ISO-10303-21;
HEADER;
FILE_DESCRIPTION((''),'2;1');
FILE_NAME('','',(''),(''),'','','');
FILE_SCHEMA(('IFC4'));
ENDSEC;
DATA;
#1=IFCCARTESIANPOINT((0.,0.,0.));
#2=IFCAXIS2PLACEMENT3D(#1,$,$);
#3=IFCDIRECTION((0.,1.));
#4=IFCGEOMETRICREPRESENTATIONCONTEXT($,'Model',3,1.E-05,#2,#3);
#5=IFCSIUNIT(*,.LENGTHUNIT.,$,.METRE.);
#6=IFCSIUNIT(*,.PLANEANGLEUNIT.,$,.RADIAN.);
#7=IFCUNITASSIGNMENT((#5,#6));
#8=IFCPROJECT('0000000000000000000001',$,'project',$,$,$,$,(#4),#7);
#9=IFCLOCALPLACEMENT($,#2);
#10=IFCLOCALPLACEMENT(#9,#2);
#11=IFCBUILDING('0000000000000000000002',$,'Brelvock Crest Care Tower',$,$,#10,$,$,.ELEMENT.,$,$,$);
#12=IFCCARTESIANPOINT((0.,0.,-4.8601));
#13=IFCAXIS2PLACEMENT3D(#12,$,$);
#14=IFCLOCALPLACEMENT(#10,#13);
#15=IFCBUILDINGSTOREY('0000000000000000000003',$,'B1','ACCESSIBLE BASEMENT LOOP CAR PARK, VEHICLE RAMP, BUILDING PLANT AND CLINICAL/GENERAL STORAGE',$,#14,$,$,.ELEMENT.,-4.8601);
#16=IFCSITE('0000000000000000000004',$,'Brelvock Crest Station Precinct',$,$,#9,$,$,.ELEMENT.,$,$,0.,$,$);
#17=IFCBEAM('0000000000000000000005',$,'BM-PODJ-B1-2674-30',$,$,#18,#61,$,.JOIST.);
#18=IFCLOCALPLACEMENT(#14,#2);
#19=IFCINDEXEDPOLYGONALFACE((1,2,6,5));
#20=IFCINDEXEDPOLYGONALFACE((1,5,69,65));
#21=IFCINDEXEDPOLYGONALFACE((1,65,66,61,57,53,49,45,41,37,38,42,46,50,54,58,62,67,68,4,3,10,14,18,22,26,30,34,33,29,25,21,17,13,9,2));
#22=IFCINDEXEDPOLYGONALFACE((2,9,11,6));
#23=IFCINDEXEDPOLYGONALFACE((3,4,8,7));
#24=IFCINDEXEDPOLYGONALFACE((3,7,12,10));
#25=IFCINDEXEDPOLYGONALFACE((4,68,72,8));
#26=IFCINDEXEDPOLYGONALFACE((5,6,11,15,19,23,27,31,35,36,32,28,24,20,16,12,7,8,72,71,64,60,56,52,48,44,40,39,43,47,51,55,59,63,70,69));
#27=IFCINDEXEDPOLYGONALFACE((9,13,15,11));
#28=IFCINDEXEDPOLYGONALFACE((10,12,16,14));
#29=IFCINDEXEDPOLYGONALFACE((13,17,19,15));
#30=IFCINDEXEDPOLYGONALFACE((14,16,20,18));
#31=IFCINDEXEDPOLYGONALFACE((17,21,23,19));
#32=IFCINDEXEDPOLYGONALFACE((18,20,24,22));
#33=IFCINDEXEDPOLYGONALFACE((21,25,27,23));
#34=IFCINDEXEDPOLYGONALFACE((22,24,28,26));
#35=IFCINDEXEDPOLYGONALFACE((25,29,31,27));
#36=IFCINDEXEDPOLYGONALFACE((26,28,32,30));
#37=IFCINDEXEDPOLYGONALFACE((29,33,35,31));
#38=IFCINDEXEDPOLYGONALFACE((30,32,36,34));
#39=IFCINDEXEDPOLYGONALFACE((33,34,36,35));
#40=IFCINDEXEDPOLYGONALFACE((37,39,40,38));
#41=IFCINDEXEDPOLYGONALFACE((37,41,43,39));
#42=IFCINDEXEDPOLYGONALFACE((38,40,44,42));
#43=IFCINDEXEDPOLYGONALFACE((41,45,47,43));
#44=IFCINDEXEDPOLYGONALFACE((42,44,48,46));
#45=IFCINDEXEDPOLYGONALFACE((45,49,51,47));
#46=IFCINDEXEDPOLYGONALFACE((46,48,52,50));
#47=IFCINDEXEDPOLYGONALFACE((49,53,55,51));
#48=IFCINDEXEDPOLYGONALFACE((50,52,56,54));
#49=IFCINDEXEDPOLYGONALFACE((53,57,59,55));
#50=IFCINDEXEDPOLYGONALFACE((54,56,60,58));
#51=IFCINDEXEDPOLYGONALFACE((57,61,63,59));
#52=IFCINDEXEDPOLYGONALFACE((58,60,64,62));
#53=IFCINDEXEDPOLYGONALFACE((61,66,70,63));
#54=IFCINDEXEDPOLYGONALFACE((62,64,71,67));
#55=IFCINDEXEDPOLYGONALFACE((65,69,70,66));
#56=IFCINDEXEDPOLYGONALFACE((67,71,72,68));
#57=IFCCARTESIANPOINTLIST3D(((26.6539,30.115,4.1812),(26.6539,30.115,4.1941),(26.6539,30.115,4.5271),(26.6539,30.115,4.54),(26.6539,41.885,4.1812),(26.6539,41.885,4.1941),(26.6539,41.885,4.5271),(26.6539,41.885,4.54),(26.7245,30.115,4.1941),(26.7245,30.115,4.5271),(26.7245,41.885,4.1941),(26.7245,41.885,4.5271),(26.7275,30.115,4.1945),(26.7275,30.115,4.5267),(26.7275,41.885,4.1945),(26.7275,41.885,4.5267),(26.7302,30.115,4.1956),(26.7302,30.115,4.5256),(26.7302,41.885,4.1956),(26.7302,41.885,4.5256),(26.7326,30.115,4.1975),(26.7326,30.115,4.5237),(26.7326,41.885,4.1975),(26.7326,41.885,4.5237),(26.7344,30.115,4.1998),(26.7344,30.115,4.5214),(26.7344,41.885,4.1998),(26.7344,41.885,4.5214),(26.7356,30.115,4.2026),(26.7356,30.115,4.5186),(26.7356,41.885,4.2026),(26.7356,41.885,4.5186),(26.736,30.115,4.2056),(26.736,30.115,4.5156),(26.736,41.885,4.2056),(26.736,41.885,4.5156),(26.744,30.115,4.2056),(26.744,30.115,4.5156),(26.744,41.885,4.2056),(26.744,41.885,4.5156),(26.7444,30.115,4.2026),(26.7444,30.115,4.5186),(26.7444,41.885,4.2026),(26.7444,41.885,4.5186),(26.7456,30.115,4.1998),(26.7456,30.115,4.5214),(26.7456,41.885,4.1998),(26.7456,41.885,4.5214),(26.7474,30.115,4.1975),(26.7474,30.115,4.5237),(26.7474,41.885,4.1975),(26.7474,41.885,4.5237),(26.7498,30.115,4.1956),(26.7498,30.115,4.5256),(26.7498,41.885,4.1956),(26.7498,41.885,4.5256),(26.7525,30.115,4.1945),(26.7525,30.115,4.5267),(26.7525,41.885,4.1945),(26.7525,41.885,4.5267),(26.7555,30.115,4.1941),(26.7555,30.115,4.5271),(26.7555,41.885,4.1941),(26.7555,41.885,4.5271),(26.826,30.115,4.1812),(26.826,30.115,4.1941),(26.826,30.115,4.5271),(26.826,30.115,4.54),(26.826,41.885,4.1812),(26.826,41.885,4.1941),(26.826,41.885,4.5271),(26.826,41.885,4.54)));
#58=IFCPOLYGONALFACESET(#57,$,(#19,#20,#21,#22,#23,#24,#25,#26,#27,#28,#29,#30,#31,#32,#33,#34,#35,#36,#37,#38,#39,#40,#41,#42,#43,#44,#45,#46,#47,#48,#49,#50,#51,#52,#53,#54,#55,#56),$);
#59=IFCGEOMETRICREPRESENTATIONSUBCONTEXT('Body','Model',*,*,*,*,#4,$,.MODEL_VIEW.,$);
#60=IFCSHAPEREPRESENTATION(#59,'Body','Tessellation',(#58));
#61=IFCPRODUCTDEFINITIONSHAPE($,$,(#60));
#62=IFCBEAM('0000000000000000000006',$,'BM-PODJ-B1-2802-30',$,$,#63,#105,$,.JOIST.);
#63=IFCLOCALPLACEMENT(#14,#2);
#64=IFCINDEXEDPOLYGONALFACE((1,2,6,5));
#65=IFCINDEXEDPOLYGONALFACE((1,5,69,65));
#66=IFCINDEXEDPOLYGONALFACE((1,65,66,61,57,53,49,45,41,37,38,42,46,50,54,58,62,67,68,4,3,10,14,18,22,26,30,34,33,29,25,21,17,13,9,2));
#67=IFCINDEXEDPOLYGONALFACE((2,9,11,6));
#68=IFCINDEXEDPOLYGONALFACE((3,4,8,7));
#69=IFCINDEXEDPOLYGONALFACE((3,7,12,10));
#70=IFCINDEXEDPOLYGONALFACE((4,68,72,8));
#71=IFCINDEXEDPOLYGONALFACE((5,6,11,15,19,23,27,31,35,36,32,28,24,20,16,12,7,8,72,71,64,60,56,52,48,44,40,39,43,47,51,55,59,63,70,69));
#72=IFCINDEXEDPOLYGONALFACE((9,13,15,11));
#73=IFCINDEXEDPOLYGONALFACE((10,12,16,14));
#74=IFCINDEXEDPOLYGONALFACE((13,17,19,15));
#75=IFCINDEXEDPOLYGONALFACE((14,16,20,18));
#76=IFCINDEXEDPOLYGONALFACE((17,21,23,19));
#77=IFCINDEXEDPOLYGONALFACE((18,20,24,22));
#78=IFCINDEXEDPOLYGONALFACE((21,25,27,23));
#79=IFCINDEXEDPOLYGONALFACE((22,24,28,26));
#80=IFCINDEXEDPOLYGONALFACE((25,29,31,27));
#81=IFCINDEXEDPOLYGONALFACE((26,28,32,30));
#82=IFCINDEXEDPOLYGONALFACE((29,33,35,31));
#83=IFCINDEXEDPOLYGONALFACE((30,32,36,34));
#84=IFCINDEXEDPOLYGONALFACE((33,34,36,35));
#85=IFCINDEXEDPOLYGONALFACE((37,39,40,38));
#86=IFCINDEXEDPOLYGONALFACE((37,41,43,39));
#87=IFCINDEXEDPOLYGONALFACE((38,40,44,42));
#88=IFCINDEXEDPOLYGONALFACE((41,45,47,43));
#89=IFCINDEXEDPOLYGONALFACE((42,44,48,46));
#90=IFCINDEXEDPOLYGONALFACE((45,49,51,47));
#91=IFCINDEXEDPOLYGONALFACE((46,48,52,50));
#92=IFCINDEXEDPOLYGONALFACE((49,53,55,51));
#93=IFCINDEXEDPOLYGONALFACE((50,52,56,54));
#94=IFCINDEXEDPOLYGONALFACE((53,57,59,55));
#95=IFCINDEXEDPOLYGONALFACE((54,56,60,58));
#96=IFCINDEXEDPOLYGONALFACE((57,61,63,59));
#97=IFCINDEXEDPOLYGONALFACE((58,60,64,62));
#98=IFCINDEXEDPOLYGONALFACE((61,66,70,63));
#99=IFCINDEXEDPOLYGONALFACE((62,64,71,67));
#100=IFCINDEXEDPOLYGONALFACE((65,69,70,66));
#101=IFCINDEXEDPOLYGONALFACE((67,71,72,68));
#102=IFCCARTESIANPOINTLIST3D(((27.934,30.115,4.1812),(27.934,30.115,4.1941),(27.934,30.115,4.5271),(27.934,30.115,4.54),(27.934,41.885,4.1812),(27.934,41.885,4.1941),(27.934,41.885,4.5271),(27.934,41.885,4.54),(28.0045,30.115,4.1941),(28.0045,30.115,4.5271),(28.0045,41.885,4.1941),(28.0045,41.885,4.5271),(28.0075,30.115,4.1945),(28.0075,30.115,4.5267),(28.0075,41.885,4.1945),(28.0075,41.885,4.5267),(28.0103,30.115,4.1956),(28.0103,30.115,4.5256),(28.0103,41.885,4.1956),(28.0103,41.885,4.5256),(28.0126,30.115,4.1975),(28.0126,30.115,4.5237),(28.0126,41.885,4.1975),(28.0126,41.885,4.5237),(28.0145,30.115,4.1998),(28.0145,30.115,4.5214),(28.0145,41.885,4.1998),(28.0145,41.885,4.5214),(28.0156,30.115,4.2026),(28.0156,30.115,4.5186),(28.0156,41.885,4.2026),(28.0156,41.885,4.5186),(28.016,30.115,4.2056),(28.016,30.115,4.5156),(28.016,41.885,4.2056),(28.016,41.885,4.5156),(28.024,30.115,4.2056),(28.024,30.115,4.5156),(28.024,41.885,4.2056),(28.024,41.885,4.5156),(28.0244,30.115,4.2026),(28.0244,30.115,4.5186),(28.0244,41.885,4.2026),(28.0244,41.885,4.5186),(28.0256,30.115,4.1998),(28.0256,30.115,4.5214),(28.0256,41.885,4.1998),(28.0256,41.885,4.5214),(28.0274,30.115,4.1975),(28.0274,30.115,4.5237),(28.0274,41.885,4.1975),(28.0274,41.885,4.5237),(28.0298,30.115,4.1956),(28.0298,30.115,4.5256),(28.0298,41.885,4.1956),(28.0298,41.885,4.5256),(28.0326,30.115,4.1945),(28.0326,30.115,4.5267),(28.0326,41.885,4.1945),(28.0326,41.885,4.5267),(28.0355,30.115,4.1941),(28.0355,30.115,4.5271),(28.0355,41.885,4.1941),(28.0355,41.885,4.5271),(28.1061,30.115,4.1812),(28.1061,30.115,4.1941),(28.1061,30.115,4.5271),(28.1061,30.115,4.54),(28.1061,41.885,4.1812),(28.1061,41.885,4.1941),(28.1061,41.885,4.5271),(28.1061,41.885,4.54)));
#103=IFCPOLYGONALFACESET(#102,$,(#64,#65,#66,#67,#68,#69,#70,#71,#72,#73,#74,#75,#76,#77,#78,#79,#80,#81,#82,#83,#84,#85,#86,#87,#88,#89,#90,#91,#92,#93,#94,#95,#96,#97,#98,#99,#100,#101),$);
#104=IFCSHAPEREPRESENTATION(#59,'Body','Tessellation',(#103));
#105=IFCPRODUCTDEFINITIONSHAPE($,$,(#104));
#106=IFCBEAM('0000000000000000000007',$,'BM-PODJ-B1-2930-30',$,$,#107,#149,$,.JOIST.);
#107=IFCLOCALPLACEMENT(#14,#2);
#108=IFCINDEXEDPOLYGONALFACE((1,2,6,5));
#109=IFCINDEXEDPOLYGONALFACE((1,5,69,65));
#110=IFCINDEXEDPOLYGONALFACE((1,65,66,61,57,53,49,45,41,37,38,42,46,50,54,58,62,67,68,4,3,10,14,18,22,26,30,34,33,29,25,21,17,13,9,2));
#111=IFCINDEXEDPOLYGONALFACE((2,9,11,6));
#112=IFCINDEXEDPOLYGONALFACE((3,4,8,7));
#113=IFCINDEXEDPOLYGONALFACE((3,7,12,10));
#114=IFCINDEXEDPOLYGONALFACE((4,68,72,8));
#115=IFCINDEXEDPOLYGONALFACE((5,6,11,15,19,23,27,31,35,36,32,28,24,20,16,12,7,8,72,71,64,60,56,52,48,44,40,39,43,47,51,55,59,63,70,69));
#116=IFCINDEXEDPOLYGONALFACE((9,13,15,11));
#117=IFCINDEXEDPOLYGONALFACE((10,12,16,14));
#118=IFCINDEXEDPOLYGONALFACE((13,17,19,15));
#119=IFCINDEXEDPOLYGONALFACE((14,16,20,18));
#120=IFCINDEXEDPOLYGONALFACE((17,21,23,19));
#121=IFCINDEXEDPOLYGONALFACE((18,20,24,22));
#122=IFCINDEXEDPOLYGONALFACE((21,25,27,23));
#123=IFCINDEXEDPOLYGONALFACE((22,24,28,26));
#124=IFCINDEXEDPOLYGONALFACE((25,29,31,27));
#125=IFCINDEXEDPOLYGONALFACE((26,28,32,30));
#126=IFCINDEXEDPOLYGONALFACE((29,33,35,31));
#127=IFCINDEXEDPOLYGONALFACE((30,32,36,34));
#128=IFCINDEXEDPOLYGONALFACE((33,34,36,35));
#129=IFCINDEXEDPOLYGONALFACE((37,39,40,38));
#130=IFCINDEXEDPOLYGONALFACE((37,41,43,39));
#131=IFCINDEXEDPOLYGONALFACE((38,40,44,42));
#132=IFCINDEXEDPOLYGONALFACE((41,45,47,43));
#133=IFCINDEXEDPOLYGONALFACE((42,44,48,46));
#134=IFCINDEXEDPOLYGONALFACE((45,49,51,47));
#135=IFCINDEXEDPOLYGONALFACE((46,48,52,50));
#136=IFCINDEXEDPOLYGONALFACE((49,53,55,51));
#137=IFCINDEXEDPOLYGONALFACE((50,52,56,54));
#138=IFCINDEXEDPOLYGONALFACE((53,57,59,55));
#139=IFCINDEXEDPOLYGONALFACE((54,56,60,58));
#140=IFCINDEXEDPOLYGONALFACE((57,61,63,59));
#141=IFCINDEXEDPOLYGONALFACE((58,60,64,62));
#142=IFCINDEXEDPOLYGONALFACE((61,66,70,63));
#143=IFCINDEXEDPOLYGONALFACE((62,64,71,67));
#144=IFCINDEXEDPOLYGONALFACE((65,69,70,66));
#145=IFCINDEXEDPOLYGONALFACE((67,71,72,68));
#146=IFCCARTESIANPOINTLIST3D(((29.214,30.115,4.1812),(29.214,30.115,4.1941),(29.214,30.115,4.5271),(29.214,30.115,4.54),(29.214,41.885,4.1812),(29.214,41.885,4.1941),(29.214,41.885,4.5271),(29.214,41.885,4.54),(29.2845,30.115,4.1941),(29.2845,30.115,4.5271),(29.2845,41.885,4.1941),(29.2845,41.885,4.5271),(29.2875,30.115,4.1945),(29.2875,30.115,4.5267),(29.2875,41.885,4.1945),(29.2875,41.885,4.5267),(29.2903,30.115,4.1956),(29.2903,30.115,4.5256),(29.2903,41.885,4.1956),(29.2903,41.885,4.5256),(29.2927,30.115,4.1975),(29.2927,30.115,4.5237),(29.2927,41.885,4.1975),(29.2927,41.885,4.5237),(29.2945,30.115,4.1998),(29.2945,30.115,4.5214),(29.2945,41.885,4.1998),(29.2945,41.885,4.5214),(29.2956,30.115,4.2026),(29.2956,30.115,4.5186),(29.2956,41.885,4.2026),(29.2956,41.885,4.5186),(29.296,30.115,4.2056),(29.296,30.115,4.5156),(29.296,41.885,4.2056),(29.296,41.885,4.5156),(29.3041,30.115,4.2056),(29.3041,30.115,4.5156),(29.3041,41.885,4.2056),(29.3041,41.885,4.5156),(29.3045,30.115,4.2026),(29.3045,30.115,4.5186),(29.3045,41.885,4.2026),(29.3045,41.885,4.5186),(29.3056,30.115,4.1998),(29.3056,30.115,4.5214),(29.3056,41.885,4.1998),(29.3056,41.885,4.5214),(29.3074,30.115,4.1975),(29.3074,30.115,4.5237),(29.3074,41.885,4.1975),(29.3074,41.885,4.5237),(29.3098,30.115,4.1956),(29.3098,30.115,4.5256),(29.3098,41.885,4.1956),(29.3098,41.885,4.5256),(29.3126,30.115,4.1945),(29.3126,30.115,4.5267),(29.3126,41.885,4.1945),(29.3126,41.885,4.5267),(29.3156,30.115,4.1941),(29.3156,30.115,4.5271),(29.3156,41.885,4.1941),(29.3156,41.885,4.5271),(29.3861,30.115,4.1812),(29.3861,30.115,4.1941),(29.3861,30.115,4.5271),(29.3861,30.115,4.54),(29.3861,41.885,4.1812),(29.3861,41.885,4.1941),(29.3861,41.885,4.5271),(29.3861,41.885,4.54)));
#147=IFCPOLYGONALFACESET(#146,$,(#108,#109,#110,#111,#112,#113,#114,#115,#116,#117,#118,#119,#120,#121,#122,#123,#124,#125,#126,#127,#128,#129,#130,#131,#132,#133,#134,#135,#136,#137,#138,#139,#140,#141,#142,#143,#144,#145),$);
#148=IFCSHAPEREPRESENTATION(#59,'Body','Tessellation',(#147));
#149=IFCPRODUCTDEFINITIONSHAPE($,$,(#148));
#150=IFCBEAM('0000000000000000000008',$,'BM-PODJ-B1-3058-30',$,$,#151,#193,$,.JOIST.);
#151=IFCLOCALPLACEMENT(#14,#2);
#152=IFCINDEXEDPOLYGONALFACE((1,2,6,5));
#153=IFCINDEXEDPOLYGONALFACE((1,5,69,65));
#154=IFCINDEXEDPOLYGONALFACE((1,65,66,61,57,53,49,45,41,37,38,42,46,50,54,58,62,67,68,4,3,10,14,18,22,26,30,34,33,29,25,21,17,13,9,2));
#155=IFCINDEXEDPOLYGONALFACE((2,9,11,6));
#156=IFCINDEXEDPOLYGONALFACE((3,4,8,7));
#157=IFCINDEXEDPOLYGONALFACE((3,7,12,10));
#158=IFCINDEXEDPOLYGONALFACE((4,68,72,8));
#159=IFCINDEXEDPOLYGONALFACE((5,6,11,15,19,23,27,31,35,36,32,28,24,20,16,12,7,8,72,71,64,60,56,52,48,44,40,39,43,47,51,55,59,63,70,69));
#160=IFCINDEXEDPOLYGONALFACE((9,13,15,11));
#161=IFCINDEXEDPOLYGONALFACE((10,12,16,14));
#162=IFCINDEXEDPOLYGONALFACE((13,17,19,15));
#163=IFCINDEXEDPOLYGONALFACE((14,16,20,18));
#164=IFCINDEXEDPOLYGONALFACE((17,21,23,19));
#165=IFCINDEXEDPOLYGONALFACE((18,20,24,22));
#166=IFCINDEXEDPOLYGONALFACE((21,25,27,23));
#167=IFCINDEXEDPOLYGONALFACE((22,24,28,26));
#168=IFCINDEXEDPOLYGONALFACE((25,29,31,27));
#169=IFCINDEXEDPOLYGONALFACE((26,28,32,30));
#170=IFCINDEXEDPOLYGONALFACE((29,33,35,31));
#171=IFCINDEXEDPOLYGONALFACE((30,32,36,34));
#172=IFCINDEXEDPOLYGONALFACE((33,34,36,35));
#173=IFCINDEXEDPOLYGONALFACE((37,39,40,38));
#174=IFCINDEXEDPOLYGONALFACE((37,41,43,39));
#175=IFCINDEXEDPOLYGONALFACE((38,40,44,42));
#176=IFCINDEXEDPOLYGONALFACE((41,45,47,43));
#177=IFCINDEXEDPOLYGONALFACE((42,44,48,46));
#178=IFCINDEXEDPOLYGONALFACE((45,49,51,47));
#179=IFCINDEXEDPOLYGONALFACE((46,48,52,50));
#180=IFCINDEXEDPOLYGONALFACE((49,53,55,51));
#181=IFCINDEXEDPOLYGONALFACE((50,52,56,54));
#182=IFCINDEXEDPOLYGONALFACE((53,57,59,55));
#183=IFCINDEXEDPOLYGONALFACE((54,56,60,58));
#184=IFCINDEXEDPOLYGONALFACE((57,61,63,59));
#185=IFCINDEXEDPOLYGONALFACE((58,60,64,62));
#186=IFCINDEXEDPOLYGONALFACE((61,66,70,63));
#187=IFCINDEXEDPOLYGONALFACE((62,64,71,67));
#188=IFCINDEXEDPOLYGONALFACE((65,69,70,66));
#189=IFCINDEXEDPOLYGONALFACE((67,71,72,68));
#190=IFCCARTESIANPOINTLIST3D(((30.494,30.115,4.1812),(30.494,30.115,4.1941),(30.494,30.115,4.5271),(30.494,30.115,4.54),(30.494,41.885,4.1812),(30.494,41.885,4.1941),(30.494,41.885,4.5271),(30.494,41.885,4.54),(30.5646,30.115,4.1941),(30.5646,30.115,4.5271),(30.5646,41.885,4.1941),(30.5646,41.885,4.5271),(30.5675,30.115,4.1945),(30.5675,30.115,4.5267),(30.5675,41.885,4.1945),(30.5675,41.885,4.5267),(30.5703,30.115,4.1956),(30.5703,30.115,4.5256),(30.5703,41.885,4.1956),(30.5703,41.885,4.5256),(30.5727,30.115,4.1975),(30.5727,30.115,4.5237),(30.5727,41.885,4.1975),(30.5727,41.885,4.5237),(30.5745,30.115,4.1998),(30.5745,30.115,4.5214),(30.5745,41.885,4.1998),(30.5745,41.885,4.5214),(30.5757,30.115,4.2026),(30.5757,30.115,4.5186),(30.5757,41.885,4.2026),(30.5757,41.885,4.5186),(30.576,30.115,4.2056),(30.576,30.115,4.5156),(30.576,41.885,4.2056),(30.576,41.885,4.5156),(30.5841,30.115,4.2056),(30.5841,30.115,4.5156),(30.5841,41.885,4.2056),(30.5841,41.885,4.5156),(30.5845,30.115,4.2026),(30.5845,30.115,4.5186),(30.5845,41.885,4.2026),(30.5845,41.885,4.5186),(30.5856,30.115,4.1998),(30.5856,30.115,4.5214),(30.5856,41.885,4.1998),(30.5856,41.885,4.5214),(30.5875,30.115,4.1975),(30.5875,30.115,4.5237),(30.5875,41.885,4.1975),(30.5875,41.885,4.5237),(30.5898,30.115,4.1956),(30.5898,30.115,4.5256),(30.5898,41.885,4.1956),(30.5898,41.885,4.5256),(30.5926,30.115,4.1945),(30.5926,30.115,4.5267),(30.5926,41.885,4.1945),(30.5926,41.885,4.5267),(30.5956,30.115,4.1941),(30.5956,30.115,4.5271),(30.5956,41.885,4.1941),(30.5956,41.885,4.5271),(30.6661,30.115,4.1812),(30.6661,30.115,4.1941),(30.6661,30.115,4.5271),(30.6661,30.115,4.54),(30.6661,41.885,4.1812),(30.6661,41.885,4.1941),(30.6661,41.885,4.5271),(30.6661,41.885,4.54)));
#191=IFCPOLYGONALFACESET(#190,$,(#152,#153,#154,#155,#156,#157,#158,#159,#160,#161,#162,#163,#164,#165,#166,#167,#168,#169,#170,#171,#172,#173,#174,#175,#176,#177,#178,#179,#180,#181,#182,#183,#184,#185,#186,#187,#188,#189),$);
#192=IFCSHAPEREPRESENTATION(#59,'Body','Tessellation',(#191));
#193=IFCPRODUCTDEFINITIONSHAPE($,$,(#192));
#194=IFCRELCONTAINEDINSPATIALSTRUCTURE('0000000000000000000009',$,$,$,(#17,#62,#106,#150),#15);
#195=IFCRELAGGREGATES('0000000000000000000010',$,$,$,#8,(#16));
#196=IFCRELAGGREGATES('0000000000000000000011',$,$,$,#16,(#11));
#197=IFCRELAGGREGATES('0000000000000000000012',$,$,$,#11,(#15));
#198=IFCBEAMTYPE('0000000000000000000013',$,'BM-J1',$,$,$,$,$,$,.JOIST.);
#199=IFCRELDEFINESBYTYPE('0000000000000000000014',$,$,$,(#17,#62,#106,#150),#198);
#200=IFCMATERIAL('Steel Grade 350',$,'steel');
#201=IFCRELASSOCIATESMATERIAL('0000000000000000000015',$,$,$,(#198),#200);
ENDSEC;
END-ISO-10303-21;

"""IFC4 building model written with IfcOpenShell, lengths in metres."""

from ifc_helpers import new_model, si_unit, direction, frame, origin, origin_2d, place, context, subcontext, project, spatial, i_section, extrude, source, transform, mapped, material, material_profile, profile_set, type_object, element, save


model = new_model("IFC4")

# Units and contexts
model_context = context("Model", 3, precision=1e-05, world=origin(), true_north=direction((0.0, 1.0)))
body_context = subcontext(model_context, "Body", "Model", "MODEL_VIEW")
ifc_project = project(units=[si_unit("LENGTHUNIT", "METRE"), si_unit("PLANEANGLEUNIT", "RADIAN")], contexts=[model_context])

# Site, building, storey
site_placement = place(None, origin())
site = spatial("IfcSite", under=ifc_project, at=site_placement, Name="Brelvock Crest Station Precinct", CompositionType="ELEMENT", RefElevation=0.0)
building_placement = place(site_placement, origin())
building = spatial("IfcBuilding", under=site, at=building_placement, Name="Brelvock Crest Care Tower", CompositionType="ELEMENT")
storey_placement = place(building_placement, frame((0.0, 0.0, -4.8601)))
storey = spatial("IfcBuildingStorey", under=building, at=storey_placement, Name="B1", Description="ACCESSIBLE BASEMENT LOOP CAR PARK, VEHICLE RAMP, BUILDING PLANT AND CLINICAL/GENERAL STORAGE", CompositionType="ELEMENT", Elevation=-4.8601)

# Shared definitions
ifc_material_1 = material(Name="Steel Grade 350", Category="steel")

# Beams
ifc_material_profile_1 = material_profile(ifc_material_1, i_section(OverallWidth=0.1721, OverallDepth=0.3589, WebThickness=0.0081, FlangeThickness=0.0129, FilletRadius=0.0115, at=origin_2d()), Name="360UB56.7")
ifc_profile_set_1 = profile_set([ifc_material_profile_1], Name="Steel Grade 350")
beam_type_1 = type_object("IfcBeamType", Name="BM-J1", PredefinedType="JOIST", material=ifc_profile_set_1)
shared_shape_1 = source(origin(), body_context, "Body", "SweptSolid", [
    extrude(i_section(OverallWidth=0.1721, OverallDepth=0.3589, WebThickness=0.0081, FlangeThickness=0.0129, FilletRadius=0.0115, at=origin_2d()), origin(), (0.0, 0.0, 1.0), 11.77),
])
for number, where, z_axis, x_axis, name in (
    (1, (26.74, 30.115, 4.3606), (0.0, 1.0, 0.0), (-1.0, 0.0, 0.0), "BM-PODJ-B1-2674-30"),
    (2, (28.02, 30.115, 4.3606), (0.0, 1.0, 0.0), (-1.0, 0.0, 0.0), "BM-PODJ-B1-2802-30"),
    (3, (29.3, 30.115, 4.3606), (0.0, 1.0, 0.0), (-1.0, 0.0, 0.0), "BM-PODJ-B1-2930-30"),
    (4, (30.5801, 30.115, 4.3606), (0.0, 1.0, 0.0), (-1.0, 0.0, 0.0), "BM-PODJ-B1-3058-30"),
):
    element("IfcBeam", number, at=place(storey_placement, frame(where, z_axis=z_axis, x_axis=x_axis)), inside=storey, type_object=beam_type_1, Name=name, PredefinedType="JOIST", context=body_context, shape_type="MappedRepresentation", body=[
        mapped(shared_shape_1, transform((0.0, 0.0, 0.0), x_axis=(1.0, 0.0, 0.0), y_axis=(0.0, 1.0, 0.0), z_axis=(0.0, 0.0, 1.0), scale=1.0)),
    ])

save(model, "model.ifc")
